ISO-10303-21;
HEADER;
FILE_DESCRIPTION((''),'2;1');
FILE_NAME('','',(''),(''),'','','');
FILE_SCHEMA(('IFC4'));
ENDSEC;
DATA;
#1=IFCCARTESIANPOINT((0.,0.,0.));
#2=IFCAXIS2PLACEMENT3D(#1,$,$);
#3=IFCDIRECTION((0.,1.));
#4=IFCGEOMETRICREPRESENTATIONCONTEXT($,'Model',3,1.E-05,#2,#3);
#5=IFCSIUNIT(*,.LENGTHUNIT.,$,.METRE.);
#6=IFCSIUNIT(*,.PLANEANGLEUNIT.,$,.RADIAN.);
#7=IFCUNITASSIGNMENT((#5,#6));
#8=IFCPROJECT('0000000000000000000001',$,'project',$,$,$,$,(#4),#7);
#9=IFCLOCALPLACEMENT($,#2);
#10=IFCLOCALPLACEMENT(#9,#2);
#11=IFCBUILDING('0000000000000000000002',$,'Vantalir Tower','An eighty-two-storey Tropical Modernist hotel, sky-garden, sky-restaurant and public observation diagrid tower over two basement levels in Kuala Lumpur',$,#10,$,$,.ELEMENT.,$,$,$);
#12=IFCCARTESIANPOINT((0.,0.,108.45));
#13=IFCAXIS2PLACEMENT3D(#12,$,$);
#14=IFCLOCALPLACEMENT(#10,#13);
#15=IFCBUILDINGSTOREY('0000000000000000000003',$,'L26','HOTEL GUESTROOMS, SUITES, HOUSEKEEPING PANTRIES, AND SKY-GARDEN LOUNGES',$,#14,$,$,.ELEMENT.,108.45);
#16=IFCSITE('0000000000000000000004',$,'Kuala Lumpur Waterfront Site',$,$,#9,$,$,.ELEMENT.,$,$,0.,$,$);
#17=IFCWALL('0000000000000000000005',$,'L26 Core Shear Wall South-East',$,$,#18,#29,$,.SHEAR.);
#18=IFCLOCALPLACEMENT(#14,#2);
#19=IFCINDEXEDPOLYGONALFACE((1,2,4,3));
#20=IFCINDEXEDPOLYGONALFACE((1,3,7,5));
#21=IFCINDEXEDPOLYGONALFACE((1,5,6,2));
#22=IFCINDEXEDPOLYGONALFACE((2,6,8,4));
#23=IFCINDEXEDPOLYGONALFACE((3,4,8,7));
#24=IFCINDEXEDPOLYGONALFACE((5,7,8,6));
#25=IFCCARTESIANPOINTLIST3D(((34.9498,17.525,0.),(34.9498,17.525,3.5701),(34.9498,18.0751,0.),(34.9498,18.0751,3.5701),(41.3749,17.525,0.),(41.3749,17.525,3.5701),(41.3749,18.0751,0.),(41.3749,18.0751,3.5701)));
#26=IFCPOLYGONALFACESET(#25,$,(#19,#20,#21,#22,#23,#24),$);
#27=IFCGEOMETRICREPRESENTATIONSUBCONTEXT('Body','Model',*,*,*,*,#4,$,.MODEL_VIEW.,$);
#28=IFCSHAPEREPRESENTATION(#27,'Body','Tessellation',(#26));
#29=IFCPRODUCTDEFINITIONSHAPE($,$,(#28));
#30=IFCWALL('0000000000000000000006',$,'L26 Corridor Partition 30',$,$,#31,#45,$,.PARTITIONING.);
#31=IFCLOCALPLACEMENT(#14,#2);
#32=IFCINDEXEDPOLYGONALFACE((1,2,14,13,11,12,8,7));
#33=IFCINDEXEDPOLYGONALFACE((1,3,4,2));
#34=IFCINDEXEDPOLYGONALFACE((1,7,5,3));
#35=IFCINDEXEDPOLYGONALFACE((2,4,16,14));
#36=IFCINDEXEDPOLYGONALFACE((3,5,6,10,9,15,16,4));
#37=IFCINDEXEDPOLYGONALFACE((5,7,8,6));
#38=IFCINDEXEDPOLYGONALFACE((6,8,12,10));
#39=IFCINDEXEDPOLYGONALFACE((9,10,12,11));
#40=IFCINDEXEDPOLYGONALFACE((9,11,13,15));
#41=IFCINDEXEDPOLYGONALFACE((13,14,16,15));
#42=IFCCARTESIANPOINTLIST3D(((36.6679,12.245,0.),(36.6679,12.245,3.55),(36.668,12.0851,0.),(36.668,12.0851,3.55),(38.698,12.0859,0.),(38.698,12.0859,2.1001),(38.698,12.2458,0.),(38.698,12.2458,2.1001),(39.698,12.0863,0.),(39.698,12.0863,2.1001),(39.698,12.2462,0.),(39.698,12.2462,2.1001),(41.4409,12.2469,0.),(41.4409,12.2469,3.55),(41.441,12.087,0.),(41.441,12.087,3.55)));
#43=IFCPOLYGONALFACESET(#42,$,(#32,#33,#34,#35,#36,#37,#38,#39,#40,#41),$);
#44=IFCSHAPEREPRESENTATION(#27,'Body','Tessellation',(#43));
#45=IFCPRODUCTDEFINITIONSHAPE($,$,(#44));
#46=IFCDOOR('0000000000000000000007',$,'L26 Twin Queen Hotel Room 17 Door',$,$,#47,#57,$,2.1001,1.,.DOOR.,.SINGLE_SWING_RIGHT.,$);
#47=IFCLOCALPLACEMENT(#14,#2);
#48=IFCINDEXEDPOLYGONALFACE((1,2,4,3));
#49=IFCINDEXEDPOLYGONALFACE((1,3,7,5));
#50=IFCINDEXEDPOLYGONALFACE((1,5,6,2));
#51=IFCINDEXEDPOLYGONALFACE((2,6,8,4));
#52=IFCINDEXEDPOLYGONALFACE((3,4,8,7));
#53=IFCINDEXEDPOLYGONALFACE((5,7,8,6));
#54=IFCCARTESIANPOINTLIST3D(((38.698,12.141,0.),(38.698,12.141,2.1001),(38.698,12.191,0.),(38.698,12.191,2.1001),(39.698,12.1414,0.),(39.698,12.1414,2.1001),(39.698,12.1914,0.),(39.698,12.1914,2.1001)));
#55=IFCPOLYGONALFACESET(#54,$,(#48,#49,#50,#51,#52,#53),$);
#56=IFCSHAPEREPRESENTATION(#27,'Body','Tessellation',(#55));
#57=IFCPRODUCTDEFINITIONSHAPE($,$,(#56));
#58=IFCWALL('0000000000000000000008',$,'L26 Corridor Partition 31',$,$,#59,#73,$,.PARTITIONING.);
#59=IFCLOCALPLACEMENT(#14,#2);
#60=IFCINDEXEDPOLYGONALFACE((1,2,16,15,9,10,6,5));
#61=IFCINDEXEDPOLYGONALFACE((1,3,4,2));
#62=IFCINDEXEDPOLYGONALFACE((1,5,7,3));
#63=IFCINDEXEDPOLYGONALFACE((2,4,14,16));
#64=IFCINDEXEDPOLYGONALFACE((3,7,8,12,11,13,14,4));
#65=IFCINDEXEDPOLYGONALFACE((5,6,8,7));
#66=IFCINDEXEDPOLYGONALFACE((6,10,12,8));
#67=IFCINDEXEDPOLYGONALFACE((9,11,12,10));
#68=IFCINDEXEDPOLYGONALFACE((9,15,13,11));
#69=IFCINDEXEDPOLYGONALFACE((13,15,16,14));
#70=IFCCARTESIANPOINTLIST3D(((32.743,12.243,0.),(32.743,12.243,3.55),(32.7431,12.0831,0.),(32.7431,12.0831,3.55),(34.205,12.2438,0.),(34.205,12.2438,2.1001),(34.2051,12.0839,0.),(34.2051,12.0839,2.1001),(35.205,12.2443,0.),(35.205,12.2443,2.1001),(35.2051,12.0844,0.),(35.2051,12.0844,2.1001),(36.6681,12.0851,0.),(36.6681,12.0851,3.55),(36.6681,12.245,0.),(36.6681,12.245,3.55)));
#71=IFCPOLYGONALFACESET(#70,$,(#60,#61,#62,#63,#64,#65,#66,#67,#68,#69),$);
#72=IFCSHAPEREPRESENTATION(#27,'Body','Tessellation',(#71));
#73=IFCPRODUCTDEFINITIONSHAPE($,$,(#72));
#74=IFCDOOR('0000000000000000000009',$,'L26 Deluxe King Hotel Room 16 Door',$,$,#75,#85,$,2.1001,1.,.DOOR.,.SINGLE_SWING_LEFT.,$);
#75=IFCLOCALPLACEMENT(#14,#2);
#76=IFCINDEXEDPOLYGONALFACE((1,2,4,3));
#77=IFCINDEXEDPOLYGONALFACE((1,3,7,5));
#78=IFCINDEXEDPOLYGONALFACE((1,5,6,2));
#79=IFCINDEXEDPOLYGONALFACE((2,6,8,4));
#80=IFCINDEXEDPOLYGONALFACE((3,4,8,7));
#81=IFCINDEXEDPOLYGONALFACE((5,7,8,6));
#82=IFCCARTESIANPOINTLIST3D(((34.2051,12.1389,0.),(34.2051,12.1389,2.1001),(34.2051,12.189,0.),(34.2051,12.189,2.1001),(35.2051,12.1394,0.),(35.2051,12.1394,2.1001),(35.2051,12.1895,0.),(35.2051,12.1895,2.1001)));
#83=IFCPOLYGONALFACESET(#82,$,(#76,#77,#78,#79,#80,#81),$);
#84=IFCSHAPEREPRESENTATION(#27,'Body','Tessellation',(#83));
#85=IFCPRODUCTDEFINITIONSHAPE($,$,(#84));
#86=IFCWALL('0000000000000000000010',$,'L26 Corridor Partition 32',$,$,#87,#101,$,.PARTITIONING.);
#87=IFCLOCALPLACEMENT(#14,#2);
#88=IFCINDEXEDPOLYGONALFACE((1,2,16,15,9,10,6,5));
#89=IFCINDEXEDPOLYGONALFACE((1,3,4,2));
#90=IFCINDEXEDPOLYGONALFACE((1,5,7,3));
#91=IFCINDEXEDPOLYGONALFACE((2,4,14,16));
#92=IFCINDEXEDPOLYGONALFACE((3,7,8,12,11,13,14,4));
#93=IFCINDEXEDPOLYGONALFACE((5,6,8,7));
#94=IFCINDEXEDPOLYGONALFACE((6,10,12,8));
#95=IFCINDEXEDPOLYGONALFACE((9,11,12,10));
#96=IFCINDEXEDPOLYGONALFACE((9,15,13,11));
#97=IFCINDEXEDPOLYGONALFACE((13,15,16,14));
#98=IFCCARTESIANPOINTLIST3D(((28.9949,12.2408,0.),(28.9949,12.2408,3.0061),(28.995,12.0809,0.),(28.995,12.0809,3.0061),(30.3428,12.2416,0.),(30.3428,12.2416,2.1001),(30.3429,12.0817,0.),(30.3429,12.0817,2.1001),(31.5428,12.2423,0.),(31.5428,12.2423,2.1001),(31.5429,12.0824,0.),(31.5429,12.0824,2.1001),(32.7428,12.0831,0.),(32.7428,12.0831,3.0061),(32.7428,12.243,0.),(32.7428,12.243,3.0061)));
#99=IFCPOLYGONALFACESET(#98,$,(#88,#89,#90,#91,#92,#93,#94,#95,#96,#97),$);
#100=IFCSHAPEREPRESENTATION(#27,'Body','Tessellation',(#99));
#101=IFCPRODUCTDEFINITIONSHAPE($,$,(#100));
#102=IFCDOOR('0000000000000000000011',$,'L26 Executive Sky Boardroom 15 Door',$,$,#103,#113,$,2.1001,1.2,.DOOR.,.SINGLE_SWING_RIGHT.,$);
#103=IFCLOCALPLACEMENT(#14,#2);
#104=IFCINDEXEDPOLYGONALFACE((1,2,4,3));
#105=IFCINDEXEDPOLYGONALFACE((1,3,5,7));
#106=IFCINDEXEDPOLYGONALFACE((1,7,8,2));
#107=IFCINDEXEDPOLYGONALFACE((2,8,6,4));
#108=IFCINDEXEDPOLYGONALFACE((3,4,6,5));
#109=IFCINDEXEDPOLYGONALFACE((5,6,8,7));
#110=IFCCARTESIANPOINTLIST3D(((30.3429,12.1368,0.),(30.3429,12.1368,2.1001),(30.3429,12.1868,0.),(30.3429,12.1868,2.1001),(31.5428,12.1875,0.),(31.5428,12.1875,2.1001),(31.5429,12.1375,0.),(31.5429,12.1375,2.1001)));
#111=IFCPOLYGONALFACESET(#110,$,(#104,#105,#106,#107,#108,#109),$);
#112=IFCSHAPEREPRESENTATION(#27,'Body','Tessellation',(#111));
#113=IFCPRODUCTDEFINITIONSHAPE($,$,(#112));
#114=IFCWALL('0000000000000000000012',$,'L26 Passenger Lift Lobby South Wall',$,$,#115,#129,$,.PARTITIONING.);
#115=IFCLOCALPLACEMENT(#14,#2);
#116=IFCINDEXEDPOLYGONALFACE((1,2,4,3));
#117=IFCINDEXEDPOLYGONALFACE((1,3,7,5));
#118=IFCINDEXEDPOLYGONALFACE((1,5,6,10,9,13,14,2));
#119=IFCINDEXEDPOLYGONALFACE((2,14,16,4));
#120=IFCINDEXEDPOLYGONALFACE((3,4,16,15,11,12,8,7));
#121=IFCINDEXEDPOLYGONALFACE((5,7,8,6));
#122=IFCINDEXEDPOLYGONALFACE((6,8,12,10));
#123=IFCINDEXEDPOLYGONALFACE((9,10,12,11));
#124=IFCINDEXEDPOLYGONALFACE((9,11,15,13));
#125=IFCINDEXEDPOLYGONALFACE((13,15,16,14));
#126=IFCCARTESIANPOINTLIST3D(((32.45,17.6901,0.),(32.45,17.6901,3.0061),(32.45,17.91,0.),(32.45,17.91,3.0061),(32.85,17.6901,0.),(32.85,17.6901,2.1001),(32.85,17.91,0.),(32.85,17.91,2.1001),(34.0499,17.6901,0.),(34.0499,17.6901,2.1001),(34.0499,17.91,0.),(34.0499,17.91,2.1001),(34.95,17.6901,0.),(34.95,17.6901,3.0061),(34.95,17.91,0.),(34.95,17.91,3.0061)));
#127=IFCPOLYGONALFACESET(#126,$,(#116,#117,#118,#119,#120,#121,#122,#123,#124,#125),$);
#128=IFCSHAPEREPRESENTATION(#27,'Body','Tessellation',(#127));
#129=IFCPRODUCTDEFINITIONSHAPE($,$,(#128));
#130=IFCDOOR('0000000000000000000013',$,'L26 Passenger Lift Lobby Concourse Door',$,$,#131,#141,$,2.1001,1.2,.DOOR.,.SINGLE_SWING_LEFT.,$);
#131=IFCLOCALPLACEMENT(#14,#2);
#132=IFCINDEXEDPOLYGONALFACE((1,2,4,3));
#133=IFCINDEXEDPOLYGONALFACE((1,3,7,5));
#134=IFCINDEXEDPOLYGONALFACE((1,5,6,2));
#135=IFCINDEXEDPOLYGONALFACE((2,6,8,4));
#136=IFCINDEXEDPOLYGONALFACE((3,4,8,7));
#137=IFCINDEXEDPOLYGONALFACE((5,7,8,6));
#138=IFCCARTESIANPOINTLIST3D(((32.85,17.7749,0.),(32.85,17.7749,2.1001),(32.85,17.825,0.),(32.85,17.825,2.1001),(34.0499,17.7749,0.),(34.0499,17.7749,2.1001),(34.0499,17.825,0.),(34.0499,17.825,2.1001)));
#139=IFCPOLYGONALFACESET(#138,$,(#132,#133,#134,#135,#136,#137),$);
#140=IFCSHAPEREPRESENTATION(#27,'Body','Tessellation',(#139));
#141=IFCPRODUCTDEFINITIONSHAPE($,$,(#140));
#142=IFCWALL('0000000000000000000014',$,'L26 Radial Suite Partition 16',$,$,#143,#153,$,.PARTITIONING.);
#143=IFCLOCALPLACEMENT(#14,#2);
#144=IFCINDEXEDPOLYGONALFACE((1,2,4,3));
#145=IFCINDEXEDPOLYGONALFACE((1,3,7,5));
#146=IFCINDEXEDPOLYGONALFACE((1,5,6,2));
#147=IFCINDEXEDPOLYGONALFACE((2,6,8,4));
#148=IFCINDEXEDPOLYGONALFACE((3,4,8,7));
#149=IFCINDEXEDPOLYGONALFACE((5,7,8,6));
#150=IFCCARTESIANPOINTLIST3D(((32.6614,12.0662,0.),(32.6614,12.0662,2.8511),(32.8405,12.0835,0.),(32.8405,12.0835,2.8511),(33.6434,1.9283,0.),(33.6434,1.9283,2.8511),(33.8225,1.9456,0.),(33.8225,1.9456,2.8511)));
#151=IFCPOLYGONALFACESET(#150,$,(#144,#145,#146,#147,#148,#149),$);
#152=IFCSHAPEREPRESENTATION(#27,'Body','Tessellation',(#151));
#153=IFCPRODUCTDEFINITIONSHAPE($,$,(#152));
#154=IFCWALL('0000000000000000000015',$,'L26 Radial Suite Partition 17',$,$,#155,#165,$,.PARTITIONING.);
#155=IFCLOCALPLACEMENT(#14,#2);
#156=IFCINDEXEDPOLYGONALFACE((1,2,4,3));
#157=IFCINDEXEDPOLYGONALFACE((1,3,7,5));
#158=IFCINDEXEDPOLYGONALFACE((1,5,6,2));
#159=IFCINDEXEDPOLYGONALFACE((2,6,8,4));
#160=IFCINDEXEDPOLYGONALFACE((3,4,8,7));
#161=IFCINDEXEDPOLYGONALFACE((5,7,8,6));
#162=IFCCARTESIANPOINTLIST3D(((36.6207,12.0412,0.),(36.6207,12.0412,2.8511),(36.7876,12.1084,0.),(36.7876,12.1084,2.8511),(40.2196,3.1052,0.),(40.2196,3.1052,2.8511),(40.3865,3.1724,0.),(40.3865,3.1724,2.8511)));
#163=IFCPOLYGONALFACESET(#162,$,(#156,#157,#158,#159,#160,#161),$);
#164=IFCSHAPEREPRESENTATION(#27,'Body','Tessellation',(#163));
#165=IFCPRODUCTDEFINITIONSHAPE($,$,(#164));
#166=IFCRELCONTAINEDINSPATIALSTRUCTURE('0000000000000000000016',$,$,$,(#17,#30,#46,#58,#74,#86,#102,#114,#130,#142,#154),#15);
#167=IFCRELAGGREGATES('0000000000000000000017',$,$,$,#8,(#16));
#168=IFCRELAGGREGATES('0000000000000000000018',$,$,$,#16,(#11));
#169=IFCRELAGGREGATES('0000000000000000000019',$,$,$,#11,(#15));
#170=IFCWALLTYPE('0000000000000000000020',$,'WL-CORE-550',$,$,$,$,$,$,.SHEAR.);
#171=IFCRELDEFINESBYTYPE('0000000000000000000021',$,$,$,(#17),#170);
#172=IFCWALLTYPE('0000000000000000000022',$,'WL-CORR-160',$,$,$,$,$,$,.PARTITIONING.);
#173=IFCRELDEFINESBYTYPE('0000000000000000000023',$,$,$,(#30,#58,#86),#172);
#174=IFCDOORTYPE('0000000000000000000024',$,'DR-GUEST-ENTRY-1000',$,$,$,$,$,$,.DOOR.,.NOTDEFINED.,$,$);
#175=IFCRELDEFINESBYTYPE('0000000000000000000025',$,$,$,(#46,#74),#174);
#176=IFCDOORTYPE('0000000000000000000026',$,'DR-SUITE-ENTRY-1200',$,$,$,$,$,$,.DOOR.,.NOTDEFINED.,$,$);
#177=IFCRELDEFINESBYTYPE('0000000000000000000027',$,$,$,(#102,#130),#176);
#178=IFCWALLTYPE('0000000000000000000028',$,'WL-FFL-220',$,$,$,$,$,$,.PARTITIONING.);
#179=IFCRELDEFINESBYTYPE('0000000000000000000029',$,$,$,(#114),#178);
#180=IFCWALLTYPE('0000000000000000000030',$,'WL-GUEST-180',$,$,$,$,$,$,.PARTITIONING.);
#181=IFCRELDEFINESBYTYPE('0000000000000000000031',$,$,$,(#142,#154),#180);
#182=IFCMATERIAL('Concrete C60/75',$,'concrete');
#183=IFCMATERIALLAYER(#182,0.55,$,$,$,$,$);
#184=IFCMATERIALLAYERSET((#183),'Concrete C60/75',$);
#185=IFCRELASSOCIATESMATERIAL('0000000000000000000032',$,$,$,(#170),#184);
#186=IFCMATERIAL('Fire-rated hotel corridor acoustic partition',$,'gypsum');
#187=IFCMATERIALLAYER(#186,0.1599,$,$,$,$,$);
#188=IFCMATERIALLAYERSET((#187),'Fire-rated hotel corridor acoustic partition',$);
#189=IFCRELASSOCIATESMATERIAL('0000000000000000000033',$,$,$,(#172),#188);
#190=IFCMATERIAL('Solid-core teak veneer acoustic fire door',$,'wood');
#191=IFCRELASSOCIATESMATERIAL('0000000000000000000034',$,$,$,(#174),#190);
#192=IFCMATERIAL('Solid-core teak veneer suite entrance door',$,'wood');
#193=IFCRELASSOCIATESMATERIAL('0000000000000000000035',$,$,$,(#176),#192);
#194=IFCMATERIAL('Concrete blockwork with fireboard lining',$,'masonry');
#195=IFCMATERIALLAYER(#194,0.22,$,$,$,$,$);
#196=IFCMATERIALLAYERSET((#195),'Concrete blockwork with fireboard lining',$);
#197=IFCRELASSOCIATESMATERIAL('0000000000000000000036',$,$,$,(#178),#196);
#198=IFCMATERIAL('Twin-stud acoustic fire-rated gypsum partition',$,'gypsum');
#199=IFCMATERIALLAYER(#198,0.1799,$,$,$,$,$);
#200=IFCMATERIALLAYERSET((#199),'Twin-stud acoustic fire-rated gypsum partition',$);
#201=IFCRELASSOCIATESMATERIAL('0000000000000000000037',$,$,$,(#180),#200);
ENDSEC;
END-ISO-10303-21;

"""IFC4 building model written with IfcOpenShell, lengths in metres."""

from ifc_helpers import new_model, si_unit, direction, frame, frame_2d, origin, place, context, subcontext, project, spatial, rectangle, extrude, material, layer, layer_set, type_object, element, fill, save


model = new_model("IFC4")

# Units and contexts
model_context = context("Model", 3, precision=1e-05, world=origin(), true_north=direction((0.0, 1.0)))
body_context = subcontext(model_context, "Body", "Model", "MODEL_VIEW")
ifc_project = project(units=[si_unit("LENGTHUNIT", "METRE"), si_unit("PLANEANGLEUNIT", "RADIAN")], contexts=[model_context])

# Site, building, storey
site_placement = place(None, origin())
site = spatial("IfcSite", under=ifc_project, at=site_placement, Name="Kuala Lumpur Waterfront Site", CompositionType="ELEMENT", RefElevation=0.0)
building_placement = place(site_placement, origin())
building = spatial("IfcBuilding", under=site, at=building_placement, Name="Vantalir Tower", Description="An eighty-two-storey Tropical Modernist hotel, sky-garden, sky-restaurant and public observation diagrid tower over two basement levels in Kuala Lumpur", CompositionType="ELEMENT")
storey_placement = place(building_placement, frame((0.0, 0.0, 108.45)))
storey = spatial("IfcBuildingStorey", under=building, at=storey_placement, Name="L26", Description="HOTEL GUESTROOMS, SUITES, HOUSEKEEPING PANTRIES, AND SKY-GARDEN LOUNGES", CompositionType="ELEMENT", Elevation=108.45)

# Shared definitions
ifc_material_1 = material(Name="Concrete C60/75", Category="concrete")

# Wall
ifc_layer_1 = layer(ifc_material_1, 0.55)
ifc_layer_set_1 = layer_set([ifc_layer_1], Name="Concrete C60/75")
wall_type_1 = type_object("IfcWallType", Name="WL-CORE-550", PredefinedType="SHEAR", material=ifc_layer_set_1)
wall_1_placement = place(storey_placement, frame((34.95, 17.8, 0.0), z_axis=(0.0, 0.0, 1.0), x_axis=(1.0, 0.0, 0.0)))
element("IfcWall", 1, at=wall_1_placement, inside=storey, type_object=wall_type_1, Name="L26 Core Shear Wall South-East", PredefinedType="SHEAR", context=body_context, shape_type="SweptSolid", body=[
    extrude(rectangle(XDim=6.425, YDim=0.55, at=frame_2d((3.2124, 0.0))), origin(), (0.0, 0.0, 1.0), 3.5701),
])

# Walls, openings, doors
ifc_material_2 = material(Name="Fire-rated hotel corridor acoustic partition", Category="gypsum")
ifc_layer_2 = layer(ifc_material_2, 0.1599)
ifc_layer_set_2 = layer_set([ifc_layer_2], Name="Fire-rated hotel corridor acoustic partition")
wall_type_2 = type_object("IfcWallType", Name="WL-CORR-160", PredefinedType="PARTITIONING", material=ifc_layer_set_2)
wall_2_placement = place(storey_placement, frame((41.4409, 12.167, 0.0), z_axis=(0.0, 0.0, 1.0), x_axis=(-1.0, -0.000409, 0.0)))
wall_2 = element("IfcWall", 2, at=wall_2_placement, inside=storey, type_object=wall_type_2, Name="L26 Corridor Partition 30", PredefinedType="PARTITIONING", context=body_context, shape_type="SweptSolid", body=[
    extrude(rectangle(XDim=4.7729, YDim=0.1599, at=frame_2d((2.3865, 0.0))), origin(), (0.0, 0.0, 1.0), 3.55),
])
opening_1_placement = place(wall_2_placement, frame((1.7429, 0.0, 0.0)))
opening_1 = element("IfcOpeningElement", 3, at=opening_1_placement, cuts=wall_2, PredefinedType="OPENING", context=body_context, shape_type="SweptSolid", body=[
    extrude(rectangle(XDim=1.0, YDim=2.1001, at=frame_2d((0.5, 1.05))), frame((0.0, 0.0898, 0.0), z_axis=(0.0, -1.0, 0.0), x_axis=(1.0, 0.0, 0.0)), (0.0, 0.0, 1.0), 0.1799),
])
ifc_material_3 = material(Name="Solid-core teak veneer acoustic fire door", Category="wood")
door_type_1 = type_object("IfcDoorType", Name="DR-GUEST-ENTRY-1000", OperationType="NOTDEFINED", PredefinedType="DOOR", material=ifc_material_3)
door_1_placement = place(opening_1_placement, origin())
door_1 = element("IfcDoor", 4, at=door_1_placement, inside=storey, type_object=door_type_1, Name="L26 Twin Queen Hotel Room 17 Door", OperationType="SINGLE_SWING_RIGHT", OverallHeight=2.1001, OverallWidth=1.0, PredefinedType="DOOR", context=body_context, shape_type="SweptSolid", body=[
    extrude(rectangle(XDim=1.0, YDim=2.1001, at=frame_2d((0.5, 1.05))), frame((0.0, 0.0249, 0.0), z_axis=(0.0, -1.0, 0.0), x_axis=(1.0, 0.0, 0.0)), (0.0, 0.0, 1.0), 0.05),
])
fill(opening_1, door_1)
wall_3_placement = place(storey_placement, frame((36.668, 12.165, 0.0), z_axis=(0.0, 0.0, 1.0), x_axis=(-1.0, -0.000498, 0.0)))
wall_3 = element("IfcWall", 5, at=wall_3_placement, inside=storey, type_object=wall_type_2, Name="L26 Corridor Partition 31", PredefinedType="PARTITIONING", context=body_context, shape_type="SweptSolid", body=[
    extrude(rectangle(XDim=3.925, YDim=0.1599, at=frame_2d((1.9624, 0.0))), origin(), (0.0, 0.0, 1.0), 3.55),
])
opening_2_placement = place(wall_3_placement, frame((1.4629, 0.0, 0.0)))
opening_2 = element("IfcOpeningElement", 6, at=opening_2_placement, cuts=wall_3, PredefinedType="OPENING", context=body_context, shape_type="SweptSolid", body=[
    extrude(rectangle(XDim=1.0, YDim=2.1001, at=frame_2d((0.5, 1.05))), frame((0.0, 0.0898, 0.0), z_axis=(0.0, -1.0, 0.0), x_axis=(1.0, 0.0, 0.0)), (0.0, 0.0, 1.0), 0.1799),
])
door_2_placement = place(opening_2_placement, origin())
door_2 = element("IfcDoor", 7, at=door_2_placement, inside=storey, type_object=door_type_1, Name="L26 Deluxe King Hotel Room 16 Door", OperationType="SINGLE_SWING_LEFT", OverallHeight=2.1001, OverallWidth=1.0, PredefinedType="DOOR", context=body_context, shape_type="SweptSolid", body=[
    extrude(rectangle(XDim=1.0, YDim=2.1001, at=frame_2d((0.5, 1.05))), frame((0.0, 0.0249, 0.0), z_axis=(0.0, -1.0, 0.0), x_axis=(1.0, 0.0, 0.0)), (0.0, 0.0, 1.0), 0.05),
])
fill(opening_2, door_2)
wall_4_placement = place(storey_placement, frame((32.7429, 12.1631, 0.0), z_axis=(0.0, 0.0, 1.0), x_axis=(-1.0, -0.000586, 0.0)))
wall_4 = element("IfcWall", 8, at=wall_4_placement, inside=storey, type_object=wall_type_2, Name="L26 Corridor Partition 32", PredefinedType="PARTITIONING", context=body_context, shape_type="SweptSolid", body=[
    extrude(rectangle(XDim=3.7478, YDim=0.1599, at=frame_2d((1.874, 0.0))), origin(), (0.0, 0.0, 1.0), 3.0061),
])
opening_3_placement = place(wall_4_placement, frame((1.2, 0.0, 0.0)))
opening_3 = element("IfcOpeningElement", 9, at=opening_3_placement, cuts=wall_4, PredefinedType="OPENING", context=body_context, shape_type="SweptSolid", body=[
    extrude(rectangle(XDim=1.2, YDim=2.1001, at=frame_2d((0.6001, 1.05))), frame((0.0, 0.0898, 0.0), z_axis=(0.0, -1.0, 0.0), x_axis=(1.0, 0.0, 0.0)), (0.0, 0.0, 1.0), 0.1799),
])
ifc_material_4 = material(Name="Solid-core teak veneer suite entrance door", Category="wood")
door_type_2 = type_object("IfcDoorType", Name="DR-SUITE-ENTRY-1200", OperationType="NOTDEFINED", PredefinedType="DOOR", material=ifc_material_4)
door_3_placement = place(opening_3_placement, origin())
door_3 = element("IfcDoor", 10, at=door_3_placement, inside=storey, type_object=door_type_2, Name="L26 Executive Sky Boardroom 15 Door", OperationType="SINGLE_SWING_RIGHT", OverallHeight=2.1001, OverallWidth=1.2, PredefinedType="DOOR", context=body_context, shape_type="SweptSolid", body=[
    extrude(rectangle(XDim=1.2, YDim=2.1001, at=frame_2d((0.6001, 1.05))), frame((0.0, 0.0249, 0.0), z_axis=(0.0, -1.0, 0.0), x_axis=(1.0, 0.0, 0.0)), (0.0, 0.0, 1.0), 0.05),
])
fill(opening_3, door_3)
ifc_material_5 = material(Name="Concrete blockwork with fireboard lining", Category="masonry")
ifc_layer_3 = layer(ifc_material_5, 0.22)
ifc_layer_set_3 = layer_set([ifc_layer_3], Name="Concrete blockwork with fireboard lining")
wall_type_3 = type_object("IfcWallType", Name="WL-FFL-220", PredefinedType="PARTITIONING", material=ifc_layer_set_3)
wall_5_placement = place(storey_placement, frame((32.45, 17.8, 0.0), z_axis=(0.0, 0.0, 1.0), x_axis=(1.0, 0.0, 0.0)))
wall_5 = element("IfcWall", 11, at=wall_5_placement, inside=storey, type_object=wall_type_3, Name="L26 Passenger Lift Lobby South Wall", PredefinedType="PARTITIONING", context=body_context, shape_type="SweptSolid", body=[
    extrude(rectangle(XDim=2.5, YDim=0.22, at=frame_2d((1.25, 0.0))), origin(), (0.0, 0.0, 1.0), 3.0061),
])
opening_4_placement = place(wall_5_placement, frame((0.3999, 0.0, 0.0)))
opening_4 = element("IfcOpeningElement", 12, at=opening_4_placement, cuts=wall_5, PredefinedType="OPENING", context=body_context, shape_type="SweptSolid", body=[
    extrude(rectangle(XDim=1.2, YDim=2.1001, at=frame_2d((0.6001, 1.05))), frame((0.0, 0.1199, 0.0), z_axis=(0.0, -1.0, 0.0), x_axis=(1.0, 0.0, 0.0)), (0.0, 0.0, 1.0), 0.24),
])
door_4_placement = place(opening_4_placement, origin())
door_4 = element("IfcDoor", 13, at=door_4_placement, inside=storey, type_object=door_type_2, Name="L26 Passenger Lift Lobby Concourse Door", OperationType="SINGLE_SWING_LEFT", OverallHeight=2.1001, OverallWidth=1.2, PredefinedType="DOOR", context=body_context, shape_type="SweptSolid", body=[
    extrude(rectangle(XDim=1.2, YDim=2.1001, at=frame_2d((0.6001, 1.05))), frame((0.0, 0.0249, 0.0), z_axis=(0.0, -1.0, 0.0), x_axis=(1.0, 0.0, 0.0)), (0.0, 0.0, 1.0), 0.05),
])
fill(opening_4, door_4)

# Walls
ifc_material_6 = material(Name="Twin-stud acoustic fire-rated gypsum partition", Category="gypsum")
ifc_layer_4 = layer(ifc_material_6, 0.1799)
ifc_layer_set_4 = layer_set([ifc_layer_4], Name="Twin-stud acoustic fire-rated gypsum partition")
wall_type_4 = type_object("IfcWallType", Name="WL-GUEST-180", PredefinedType="PARTITIONING", material=ifc_layer_set_4)
wall_6_placement = place(storey_placement, frame((32.751, 12.075, 0.0), z_axis=(0.0, 0.0, 1.0), x_axis=(0.096406, -0.995342, 0.0)))
element("IfcWall", 14, at=wall_6_placement, inside=storey, type_object=wall_type_4, Name="L26 Radial Suite Partition 16", PredefinedType="PARTITIONING", context=body_context, shape_type="SweptSolid", body=[
    extrude(rectangle(XDim=10.1853, YDim=0.1799, at=frame_2d((5.0928, 0.0))), origin(), (0.0, 0.0, 1.0), 2.8511),
])
wall_7_placement = place(storey_placement, frame((36.7041, 12.075, 0.0), z_axis=(0.0, 0.0, 1.0), x_axis=(0.373579, -0.927598, 0.0)))
element("IfcWall", 15, at=wall_7_placement, inside=storey, type_object=wall_type_4, Name="L26 Radial Suite Partition 17", PredefinedType="PARTITIONING", context=body_context, shape_type="SweptSolid", body=[
    extrude(rectangle(XDim=9.6335, YDim=0.1799, at=frame_2d((4.8169, 0.0))), origin(), (0.0, 0.0, 1.0), 2.8511),
])

save(model, "model.ifc")
